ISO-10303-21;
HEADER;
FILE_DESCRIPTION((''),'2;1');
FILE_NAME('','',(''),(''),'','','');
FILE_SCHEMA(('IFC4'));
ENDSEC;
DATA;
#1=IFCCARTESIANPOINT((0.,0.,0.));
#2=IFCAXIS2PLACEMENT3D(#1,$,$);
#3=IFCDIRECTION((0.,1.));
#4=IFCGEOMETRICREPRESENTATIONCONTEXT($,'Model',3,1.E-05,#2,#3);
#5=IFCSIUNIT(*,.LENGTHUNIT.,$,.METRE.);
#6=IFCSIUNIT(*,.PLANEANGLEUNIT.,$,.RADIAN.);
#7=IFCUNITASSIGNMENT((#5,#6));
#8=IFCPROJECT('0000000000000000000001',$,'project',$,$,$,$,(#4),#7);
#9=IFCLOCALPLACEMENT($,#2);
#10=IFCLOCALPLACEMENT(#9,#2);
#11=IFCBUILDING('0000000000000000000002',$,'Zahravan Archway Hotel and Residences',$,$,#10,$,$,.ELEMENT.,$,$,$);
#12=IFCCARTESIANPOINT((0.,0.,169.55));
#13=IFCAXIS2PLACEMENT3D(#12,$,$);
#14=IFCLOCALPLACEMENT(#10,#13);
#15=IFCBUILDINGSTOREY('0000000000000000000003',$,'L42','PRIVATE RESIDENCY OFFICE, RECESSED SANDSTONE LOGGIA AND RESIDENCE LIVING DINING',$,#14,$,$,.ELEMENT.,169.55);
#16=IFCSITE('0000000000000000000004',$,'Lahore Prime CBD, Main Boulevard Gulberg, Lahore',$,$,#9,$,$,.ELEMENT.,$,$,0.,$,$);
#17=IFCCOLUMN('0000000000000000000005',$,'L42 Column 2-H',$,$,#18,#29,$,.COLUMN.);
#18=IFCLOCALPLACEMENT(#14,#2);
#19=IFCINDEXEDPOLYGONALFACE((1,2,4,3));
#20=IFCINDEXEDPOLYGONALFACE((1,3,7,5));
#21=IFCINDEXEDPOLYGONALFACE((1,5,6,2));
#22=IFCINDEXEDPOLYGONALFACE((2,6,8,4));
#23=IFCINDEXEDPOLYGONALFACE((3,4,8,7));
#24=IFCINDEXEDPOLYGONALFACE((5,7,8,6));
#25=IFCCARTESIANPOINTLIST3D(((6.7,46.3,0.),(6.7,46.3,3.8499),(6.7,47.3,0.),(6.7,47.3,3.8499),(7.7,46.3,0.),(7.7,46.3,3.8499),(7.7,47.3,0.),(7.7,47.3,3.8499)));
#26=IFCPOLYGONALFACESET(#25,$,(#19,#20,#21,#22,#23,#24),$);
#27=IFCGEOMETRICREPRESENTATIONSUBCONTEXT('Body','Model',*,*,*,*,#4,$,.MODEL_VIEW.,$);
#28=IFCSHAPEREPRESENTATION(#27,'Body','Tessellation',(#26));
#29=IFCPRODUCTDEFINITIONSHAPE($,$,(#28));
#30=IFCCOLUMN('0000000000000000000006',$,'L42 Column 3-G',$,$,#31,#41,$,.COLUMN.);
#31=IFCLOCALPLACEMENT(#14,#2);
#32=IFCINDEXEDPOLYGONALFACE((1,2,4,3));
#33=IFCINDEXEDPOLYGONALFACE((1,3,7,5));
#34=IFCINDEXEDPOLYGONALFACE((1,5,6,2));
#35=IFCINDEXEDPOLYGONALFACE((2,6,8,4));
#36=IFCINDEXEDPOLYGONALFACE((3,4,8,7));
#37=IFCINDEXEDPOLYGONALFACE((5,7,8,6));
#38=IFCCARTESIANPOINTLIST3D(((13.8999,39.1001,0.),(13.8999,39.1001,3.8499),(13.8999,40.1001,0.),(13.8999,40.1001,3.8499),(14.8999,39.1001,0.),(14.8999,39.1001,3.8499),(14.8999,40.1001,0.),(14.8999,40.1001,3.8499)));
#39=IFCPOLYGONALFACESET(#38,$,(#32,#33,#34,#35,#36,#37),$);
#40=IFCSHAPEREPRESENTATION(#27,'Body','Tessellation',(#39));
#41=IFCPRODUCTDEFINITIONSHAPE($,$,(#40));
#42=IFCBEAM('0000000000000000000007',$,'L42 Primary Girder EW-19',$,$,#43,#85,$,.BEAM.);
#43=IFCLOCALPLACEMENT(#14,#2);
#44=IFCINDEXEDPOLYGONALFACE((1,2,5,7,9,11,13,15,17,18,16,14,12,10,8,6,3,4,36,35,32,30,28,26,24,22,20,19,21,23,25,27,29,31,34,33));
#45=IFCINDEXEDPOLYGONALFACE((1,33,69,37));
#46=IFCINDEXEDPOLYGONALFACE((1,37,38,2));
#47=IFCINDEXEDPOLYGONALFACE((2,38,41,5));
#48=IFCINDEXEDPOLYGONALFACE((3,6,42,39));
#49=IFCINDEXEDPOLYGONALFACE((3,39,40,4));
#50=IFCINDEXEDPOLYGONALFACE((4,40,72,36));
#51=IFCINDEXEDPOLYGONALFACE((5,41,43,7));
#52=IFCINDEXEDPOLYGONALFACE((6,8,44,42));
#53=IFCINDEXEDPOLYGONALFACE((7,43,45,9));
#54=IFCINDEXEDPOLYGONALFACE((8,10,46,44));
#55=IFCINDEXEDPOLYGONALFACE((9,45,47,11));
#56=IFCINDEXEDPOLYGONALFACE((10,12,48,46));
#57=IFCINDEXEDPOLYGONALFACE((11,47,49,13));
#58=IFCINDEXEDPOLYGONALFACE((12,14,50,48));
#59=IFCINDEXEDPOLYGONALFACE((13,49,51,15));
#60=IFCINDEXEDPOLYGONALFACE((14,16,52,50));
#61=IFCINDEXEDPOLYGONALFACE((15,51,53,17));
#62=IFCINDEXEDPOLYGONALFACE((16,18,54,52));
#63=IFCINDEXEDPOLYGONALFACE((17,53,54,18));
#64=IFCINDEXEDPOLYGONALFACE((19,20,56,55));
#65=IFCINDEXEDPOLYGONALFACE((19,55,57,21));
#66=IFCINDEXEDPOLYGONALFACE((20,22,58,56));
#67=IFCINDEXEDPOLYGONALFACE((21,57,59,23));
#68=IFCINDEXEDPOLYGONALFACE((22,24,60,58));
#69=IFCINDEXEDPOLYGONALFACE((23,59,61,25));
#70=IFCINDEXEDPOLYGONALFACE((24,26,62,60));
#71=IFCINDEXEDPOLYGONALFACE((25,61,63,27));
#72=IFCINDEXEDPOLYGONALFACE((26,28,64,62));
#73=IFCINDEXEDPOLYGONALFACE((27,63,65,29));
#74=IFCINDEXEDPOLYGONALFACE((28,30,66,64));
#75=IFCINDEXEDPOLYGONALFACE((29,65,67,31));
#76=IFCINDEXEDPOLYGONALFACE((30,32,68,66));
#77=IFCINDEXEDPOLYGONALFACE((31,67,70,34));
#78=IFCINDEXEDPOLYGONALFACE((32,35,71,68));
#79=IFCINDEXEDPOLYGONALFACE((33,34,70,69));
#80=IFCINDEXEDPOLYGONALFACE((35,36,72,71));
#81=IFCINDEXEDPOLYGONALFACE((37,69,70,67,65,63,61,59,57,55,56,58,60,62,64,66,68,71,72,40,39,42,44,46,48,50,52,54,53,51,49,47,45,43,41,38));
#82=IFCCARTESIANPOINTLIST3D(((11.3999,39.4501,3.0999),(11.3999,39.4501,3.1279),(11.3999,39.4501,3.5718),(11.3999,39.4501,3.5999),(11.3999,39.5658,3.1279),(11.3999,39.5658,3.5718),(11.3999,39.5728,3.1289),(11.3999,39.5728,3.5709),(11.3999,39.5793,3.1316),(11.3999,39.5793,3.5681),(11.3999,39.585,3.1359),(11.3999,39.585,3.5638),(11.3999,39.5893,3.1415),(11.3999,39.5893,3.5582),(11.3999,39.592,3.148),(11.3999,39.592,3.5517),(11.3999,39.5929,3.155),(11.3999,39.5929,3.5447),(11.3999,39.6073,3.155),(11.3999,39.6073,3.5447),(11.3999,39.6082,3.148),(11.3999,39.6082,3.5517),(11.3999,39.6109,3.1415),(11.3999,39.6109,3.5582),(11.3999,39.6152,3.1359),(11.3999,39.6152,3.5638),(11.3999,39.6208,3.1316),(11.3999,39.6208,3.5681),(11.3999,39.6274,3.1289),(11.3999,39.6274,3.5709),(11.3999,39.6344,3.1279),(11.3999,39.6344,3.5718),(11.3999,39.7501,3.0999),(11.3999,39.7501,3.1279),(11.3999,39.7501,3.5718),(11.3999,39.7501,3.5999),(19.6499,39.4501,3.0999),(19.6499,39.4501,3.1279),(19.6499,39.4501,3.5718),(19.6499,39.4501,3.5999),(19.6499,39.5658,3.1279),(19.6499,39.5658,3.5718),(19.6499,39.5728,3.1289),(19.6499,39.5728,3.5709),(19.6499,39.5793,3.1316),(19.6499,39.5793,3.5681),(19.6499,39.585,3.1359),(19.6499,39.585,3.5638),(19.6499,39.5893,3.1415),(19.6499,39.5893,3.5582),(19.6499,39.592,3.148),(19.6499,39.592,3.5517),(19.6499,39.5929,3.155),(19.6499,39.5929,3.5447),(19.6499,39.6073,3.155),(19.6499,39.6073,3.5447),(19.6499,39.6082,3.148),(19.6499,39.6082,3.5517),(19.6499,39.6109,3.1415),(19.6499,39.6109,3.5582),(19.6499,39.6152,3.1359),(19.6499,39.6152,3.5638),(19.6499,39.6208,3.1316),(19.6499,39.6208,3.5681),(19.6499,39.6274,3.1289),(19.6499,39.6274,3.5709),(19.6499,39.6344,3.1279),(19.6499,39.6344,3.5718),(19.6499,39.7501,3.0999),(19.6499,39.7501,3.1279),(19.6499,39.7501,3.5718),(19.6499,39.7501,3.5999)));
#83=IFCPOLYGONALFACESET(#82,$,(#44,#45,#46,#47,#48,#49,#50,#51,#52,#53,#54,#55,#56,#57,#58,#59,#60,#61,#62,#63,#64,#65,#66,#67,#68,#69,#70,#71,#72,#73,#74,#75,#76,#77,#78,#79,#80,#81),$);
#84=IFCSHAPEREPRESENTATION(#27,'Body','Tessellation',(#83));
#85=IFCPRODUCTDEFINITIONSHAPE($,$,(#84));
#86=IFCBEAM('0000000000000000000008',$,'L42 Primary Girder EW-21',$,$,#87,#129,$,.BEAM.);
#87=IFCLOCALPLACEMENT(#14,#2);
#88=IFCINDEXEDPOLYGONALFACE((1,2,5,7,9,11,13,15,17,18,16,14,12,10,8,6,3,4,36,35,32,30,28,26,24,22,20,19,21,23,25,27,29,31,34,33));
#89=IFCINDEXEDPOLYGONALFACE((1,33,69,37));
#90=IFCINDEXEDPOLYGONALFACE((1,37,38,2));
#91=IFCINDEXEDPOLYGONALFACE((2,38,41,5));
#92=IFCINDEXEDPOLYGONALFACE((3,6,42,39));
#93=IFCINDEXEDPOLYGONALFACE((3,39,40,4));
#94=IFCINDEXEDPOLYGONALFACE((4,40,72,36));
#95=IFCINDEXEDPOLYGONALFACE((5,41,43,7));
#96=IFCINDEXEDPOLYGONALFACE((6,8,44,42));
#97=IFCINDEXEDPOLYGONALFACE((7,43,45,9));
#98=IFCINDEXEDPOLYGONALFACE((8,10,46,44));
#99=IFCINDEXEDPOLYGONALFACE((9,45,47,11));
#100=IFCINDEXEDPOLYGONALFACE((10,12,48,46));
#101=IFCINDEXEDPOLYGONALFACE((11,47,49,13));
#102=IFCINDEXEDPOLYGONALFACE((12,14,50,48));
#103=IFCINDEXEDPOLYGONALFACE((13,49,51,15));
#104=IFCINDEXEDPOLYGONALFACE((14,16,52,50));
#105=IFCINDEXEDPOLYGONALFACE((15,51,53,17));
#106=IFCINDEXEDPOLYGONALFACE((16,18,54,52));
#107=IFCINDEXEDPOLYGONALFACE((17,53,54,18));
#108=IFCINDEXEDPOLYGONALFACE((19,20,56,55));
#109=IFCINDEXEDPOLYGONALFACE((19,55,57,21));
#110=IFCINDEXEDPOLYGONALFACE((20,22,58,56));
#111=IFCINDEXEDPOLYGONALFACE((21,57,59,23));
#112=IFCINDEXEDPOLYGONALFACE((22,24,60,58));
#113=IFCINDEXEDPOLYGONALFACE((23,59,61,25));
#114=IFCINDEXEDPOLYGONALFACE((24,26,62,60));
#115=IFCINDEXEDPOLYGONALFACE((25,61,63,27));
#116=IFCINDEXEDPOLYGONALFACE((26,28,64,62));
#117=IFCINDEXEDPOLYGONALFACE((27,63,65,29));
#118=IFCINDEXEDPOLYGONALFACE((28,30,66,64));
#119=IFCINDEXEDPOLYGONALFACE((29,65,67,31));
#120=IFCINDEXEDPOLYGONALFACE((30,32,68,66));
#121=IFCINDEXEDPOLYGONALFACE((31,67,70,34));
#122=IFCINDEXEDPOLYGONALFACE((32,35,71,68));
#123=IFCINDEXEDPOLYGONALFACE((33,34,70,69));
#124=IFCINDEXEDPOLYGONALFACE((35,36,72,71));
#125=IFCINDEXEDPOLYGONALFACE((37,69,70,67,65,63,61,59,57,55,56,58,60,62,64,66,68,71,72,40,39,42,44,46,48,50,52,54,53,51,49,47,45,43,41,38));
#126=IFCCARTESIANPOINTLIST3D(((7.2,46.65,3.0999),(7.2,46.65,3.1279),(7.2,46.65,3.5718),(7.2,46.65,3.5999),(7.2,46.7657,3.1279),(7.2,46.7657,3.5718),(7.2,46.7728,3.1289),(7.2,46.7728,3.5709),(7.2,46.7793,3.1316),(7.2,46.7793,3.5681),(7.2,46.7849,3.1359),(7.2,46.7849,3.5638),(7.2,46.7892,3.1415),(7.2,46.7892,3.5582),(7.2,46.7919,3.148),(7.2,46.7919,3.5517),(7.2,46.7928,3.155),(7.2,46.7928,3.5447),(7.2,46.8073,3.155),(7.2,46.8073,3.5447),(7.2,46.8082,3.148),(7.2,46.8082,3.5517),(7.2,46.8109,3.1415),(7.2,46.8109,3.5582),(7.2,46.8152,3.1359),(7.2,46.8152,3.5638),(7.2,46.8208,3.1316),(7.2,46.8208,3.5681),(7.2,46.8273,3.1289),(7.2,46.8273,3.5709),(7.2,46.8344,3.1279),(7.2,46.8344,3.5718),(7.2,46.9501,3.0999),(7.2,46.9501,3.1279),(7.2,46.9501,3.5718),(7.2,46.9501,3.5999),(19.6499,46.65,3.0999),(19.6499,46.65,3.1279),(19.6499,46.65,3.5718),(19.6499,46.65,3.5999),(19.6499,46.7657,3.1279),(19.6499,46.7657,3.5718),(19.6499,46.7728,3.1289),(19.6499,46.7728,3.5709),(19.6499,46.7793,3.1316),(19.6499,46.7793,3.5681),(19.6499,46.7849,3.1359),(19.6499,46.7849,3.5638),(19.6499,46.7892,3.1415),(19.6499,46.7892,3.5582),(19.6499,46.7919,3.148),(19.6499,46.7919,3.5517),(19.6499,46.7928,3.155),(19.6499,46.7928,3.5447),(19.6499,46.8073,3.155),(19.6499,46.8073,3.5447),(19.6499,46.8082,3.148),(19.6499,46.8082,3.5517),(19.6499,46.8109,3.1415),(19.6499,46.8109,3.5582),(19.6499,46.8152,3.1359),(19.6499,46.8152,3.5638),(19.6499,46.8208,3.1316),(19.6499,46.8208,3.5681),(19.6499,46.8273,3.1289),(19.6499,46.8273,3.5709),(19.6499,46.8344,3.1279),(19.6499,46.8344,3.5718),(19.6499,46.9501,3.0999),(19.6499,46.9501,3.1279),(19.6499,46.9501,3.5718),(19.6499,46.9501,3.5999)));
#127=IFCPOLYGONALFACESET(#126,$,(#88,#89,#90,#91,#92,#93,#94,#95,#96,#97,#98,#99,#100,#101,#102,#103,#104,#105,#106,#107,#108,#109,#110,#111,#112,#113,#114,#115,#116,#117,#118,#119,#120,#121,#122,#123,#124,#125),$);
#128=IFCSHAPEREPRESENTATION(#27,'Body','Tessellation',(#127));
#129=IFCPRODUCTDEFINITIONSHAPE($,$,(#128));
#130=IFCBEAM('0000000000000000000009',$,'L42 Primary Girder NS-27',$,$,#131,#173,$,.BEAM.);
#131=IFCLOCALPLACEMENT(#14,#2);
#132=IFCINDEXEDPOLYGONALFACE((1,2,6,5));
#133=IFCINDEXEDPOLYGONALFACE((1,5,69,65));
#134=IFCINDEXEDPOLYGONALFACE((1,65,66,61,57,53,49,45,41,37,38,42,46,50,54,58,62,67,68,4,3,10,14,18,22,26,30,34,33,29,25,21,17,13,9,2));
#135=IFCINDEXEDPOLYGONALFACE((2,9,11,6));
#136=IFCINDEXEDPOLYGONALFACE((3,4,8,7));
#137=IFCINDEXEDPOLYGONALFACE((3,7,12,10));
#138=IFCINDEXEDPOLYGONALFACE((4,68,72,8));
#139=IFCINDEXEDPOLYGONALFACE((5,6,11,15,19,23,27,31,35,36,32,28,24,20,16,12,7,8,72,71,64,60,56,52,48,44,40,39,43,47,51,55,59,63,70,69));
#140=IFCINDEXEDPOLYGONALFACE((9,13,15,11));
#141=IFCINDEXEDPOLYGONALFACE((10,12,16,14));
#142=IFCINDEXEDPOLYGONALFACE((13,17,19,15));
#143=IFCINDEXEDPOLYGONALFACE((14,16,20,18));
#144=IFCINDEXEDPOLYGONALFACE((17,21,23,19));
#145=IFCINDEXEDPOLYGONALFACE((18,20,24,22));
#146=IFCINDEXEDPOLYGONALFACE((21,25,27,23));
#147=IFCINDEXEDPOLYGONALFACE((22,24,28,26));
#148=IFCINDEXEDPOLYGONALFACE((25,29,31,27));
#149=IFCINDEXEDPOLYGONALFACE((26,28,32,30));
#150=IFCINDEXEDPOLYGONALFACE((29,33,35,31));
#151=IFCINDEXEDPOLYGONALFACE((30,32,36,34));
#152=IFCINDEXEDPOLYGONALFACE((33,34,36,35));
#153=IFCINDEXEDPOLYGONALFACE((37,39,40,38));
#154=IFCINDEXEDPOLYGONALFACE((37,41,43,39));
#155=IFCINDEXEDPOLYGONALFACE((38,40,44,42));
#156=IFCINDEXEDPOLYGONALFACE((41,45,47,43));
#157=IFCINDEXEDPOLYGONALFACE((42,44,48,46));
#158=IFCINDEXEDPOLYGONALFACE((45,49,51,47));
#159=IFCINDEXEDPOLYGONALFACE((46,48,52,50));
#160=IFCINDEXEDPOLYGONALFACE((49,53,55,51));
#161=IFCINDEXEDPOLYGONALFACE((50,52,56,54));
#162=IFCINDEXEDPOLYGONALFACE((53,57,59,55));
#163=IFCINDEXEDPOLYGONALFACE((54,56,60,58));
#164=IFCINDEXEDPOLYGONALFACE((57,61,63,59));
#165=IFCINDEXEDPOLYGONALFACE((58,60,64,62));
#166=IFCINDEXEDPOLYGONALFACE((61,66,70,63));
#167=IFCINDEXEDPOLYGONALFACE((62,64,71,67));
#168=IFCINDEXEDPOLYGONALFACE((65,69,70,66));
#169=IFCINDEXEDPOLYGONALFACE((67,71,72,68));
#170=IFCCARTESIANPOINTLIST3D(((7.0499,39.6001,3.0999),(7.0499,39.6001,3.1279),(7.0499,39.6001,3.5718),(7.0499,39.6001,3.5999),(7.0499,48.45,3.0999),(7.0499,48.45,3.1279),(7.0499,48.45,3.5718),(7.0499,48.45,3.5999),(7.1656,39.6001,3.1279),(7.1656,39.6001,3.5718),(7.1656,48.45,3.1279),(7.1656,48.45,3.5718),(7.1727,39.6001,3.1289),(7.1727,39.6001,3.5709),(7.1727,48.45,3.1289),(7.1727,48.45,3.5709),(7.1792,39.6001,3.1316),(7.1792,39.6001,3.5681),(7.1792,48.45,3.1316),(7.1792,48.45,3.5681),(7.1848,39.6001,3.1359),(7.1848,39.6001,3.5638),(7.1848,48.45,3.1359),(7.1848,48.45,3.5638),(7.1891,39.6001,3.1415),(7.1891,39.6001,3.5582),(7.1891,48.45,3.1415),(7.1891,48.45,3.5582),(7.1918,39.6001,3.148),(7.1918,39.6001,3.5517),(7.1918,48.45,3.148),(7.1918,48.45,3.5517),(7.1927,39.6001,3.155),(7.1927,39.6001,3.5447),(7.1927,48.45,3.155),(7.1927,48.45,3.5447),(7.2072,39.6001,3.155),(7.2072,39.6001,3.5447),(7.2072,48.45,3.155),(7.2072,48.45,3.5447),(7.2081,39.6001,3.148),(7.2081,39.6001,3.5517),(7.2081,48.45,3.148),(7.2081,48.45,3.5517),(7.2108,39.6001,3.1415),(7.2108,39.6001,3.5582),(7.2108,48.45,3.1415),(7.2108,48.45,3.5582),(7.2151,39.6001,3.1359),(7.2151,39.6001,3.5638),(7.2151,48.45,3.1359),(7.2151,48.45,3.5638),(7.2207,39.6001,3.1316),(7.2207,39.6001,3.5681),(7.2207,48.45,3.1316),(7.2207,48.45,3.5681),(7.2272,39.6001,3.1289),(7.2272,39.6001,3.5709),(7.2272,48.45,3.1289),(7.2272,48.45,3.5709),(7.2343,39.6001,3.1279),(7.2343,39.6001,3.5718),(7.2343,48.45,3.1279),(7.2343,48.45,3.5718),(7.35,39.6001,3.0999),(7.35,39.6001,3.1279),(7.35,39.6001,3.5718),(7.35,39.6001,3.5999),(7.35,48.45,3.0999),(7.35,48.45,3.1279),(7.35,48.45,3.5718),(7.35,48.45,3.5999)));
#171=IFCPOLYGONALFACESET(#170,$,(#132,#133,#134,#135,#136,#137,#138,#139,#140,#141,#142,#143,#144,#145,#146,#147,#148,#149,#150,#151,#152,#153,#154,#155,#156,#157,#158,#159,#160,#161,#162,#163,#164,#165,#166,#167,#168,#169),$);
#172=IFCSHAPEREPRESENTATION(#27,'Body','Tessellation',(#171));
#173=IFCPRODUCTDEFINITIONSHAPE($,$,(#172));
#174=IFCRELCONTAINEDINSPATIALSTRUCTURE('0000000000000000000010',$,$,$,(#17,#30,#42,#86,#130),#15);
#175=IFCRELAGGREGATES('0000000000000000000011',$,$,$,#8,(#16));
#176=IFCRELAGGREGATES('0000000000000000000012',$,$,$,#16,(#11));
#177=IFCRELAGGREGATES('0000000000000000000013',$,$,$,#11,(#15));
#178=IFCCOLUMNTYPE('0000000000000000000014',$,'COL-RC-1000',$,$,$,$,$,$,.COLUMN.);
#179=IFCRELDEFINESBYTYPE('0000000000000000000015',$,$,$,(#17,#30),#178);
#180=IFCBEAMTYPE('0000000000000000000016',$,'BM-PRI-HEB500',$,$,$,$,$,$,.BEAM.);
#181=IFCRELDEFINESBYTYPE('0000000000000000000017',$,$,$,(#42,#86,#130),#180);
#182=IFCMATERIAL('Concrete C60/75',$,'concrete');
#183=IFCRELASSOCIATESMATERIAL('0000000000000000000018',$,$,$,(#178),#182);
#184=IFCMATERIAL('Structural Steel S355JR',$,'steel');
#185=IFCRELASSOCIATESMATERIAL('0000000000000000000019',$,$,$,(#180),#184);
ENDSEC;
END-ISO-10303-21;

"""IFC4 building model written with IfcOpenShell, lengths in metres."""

from ifc_helpers import new_model, si_unit, direction, frame, origin, origin_2d, place, context, subcontext, project, spatial, rectangle, i_section, extrude, source, transform, mapped, material, material_profile, profile_set, type_object, element, save


model = new_model("IFC4")

# Units and contexts
model_context = context("Model", 3, precision=1e-05, world=origin(), true_north=direction((0.0, 1.0)))
body_context = subcontext(model_context, "Body", "Model", "MODEL_VIEW")
ifc_project = project(units=[si_unit("LENGTHUNIT", "METRE"), si_unit("PLANEANGLEUNIT", "RADIAN")], contexts=[model_context])

# Site, building, storey
site_placement = place(None, origin())
site = spatial("IfcSite", under=ifc_project, at=site_placement, Name="Lahore Prime CBD, Main Boulevard Gulberg, Lahore", CompositionType="ELEMENT", RefElevation=0.0)
building_placement = place(site_placement, origin())
building = spatial("IfcBuilding", under=site, at=building_placement, Name="Zahravan Archway Hotel and Residences", CompositionType="ELEMENT")
storey_placement = place(building_placement, frame((0.0, 0.0, 169.55)))
storey = spatial("IfcBuildingStorey", under=building, at=storey_placement, Name="L42", Description="PRIVATE RESIDENCY OFFICE, RECESSED SANDSTONE LOGGIA AND RESIDENCE LIVING DINING", CompositionType="ELEMENT", Elevation=169.55)

# Columns
ifc_material_1 = material(Name="Concrete C60/75", Category="concrete")
ifc_material_profile_1 = material_profile(ifc_material_1, rectangle(XDim=1.0, YDim=1.0, at=origin_2d()), Name="RC-COL-1000x1000", Category="concrete")
ifc_profile_set_1 = profile_set([ifc_material_profile_1], Name="Concrete C60/75")
column_type = type_object("IfcColumnType", Name="COL-RC-1000", PredefinedType="COLUMN", material=ifc_profile_set_1)
shared_shape_1 = source(origin(), body_context, "Body", "SweptSolid", [
    extrude(rectangle(XDim=1.0, YDim=1.0, at=origin_2d()), origin(), (0.0, 0.0, 1.0), 3.8499),
])
for number, where, z_axis, x_axis, name in (
    (1, (7.2, 46.8, 0.0), (0.0, 0.0, 1.0), (1.0, 0.0, 0.0), "L42 Column 2-H"),
    (2, (14.3999, 39.6001, 0.0), (0.0, 0.0, 1.0), (1.0, 0.0, 0.0), "L42 Column 3-G"),
):
    element("IfcColumn", number, at=place(storey_placement, frame(where, z_axis=z_axis, x_axis=x_axis)), inside=storey, type_object=column_type, Name=name, PredefinedType="COLUMN", context=body_context, shape_type="MappedRepresentation", body=[
        mapped(shared_shape_1, transform((0.0, 0.0, 0.0), scale=1.0)),
    ])

# Beams
ifc_material_2 = material(Name="Structural Steel S355JR", Category="steel")
ifc_material_profile_2 = material_profile(ifc_material_2, i_section(OverallWidth=0.3, OverallDepth=0.5, WebThickness=0.0144, FlangeThickness=0.0281, FilletRadius=0.0271, at=origin_2d()), Name="HEB 500", Category="steel")
ifc_profile_set_2 = profile_set([ifc_material_profile_2], Name="Structural Steel S355JR")
beam_type = type_object("IfcBeamType", Name="BM-PRI-HEB500", PredefinedType="BEAM", material=ifc_profile_set_2)
shared_shape_2 = source(origin(), body_context, "Body", "SweptSolid", [
    extrude(i_section(OverallWidth=0.3, OverallDepth=0.5, WebThickness=0.0144, FlangeThickness=0.0281, FilletRadius=0.0271, at=origin_2d()), origin(), (0.0, 0.0, 1.0), 8.25),
])
beam_1_placement = place(storey_placement, frame((11.3999, 39.6001, 3.3499), z_axis=(1.0, 0.0, 0.0), x_axis=(0.0, 1.0, 0.0)))
element("IfcBeam", 3, at=beam_1_placement, inside=storey, type_object=beam_type, Name="L42 Primary Girder EW-19", PredefinedType="BEAM", context=body_context, shape_type="MappedRepresentation", body=[
    mapped(shared_shape_2, transform((0.0, 0.0, 0.0), scale=1.0)),
])
shared_shape_3 = source(origin(), body_context, "Body", "SweptSolid", [
    extrude(i_section(OverallWidth=0.3, OverallDepth=0.5, WebThickness=0.0144, FlangeThickness=0.0281, FilletRadius=0.0271, at=origin_2d()), origin(), (0.0, 0.0, 1.0), 12.45),
])
beam_2_placement = place(storey_placement, frame((7.2, 46.8, 3.3499), z_axis=(1.0, 0.0, 0.0), x_axis=(0.0, 1.0, 0.0)))
element("IfcBeam", 4, at=beam_2_placement, inside=storey, type_object=beam_type, Name="L42 Primary Girder EW-21", PredefinedType="BEAM", context=body_context, shape_type="MappedRepresentation", body=[
    mapped(shared_shape_3, transform((0.0, 0.0, 0.0), scale=1.0)),
])
shared_shape_4 = source(origin(), body_context, "Body", "SweptSolid", [
    extrude(i_section(OverallWidth=0.3, OverallDepth=0.5, WebThickness=0.0144, FlangeThickness=0.0281, FilletRadius=0.0271, at=origin_2d()), origin(), (0.0, 0.0, 1.0), 8.8499),
])
for number, where, z_axis, x_axis, name in (
    (5, (7.2, 39.6001, 3.3499), (0.0, 1.0, 0.0), (-1.0, 0.0, 0.0), "L42 Primary Girder NS-27"),
):
    element("IfcBeam", number, at=place(storey_placement, frame(where, z_axis=z_axis, x_axis=x_axis)), inside=storey, type_object=beam_type, Name=name, PredefinedType="BEAM", context=body_context, shape_type="MappedRepresentation", body=[
        mapped(shared_shape_4, transform((0.0, 0.0, 0.0), scale=1.0)),
    ])

save(model, "model.ifc")
